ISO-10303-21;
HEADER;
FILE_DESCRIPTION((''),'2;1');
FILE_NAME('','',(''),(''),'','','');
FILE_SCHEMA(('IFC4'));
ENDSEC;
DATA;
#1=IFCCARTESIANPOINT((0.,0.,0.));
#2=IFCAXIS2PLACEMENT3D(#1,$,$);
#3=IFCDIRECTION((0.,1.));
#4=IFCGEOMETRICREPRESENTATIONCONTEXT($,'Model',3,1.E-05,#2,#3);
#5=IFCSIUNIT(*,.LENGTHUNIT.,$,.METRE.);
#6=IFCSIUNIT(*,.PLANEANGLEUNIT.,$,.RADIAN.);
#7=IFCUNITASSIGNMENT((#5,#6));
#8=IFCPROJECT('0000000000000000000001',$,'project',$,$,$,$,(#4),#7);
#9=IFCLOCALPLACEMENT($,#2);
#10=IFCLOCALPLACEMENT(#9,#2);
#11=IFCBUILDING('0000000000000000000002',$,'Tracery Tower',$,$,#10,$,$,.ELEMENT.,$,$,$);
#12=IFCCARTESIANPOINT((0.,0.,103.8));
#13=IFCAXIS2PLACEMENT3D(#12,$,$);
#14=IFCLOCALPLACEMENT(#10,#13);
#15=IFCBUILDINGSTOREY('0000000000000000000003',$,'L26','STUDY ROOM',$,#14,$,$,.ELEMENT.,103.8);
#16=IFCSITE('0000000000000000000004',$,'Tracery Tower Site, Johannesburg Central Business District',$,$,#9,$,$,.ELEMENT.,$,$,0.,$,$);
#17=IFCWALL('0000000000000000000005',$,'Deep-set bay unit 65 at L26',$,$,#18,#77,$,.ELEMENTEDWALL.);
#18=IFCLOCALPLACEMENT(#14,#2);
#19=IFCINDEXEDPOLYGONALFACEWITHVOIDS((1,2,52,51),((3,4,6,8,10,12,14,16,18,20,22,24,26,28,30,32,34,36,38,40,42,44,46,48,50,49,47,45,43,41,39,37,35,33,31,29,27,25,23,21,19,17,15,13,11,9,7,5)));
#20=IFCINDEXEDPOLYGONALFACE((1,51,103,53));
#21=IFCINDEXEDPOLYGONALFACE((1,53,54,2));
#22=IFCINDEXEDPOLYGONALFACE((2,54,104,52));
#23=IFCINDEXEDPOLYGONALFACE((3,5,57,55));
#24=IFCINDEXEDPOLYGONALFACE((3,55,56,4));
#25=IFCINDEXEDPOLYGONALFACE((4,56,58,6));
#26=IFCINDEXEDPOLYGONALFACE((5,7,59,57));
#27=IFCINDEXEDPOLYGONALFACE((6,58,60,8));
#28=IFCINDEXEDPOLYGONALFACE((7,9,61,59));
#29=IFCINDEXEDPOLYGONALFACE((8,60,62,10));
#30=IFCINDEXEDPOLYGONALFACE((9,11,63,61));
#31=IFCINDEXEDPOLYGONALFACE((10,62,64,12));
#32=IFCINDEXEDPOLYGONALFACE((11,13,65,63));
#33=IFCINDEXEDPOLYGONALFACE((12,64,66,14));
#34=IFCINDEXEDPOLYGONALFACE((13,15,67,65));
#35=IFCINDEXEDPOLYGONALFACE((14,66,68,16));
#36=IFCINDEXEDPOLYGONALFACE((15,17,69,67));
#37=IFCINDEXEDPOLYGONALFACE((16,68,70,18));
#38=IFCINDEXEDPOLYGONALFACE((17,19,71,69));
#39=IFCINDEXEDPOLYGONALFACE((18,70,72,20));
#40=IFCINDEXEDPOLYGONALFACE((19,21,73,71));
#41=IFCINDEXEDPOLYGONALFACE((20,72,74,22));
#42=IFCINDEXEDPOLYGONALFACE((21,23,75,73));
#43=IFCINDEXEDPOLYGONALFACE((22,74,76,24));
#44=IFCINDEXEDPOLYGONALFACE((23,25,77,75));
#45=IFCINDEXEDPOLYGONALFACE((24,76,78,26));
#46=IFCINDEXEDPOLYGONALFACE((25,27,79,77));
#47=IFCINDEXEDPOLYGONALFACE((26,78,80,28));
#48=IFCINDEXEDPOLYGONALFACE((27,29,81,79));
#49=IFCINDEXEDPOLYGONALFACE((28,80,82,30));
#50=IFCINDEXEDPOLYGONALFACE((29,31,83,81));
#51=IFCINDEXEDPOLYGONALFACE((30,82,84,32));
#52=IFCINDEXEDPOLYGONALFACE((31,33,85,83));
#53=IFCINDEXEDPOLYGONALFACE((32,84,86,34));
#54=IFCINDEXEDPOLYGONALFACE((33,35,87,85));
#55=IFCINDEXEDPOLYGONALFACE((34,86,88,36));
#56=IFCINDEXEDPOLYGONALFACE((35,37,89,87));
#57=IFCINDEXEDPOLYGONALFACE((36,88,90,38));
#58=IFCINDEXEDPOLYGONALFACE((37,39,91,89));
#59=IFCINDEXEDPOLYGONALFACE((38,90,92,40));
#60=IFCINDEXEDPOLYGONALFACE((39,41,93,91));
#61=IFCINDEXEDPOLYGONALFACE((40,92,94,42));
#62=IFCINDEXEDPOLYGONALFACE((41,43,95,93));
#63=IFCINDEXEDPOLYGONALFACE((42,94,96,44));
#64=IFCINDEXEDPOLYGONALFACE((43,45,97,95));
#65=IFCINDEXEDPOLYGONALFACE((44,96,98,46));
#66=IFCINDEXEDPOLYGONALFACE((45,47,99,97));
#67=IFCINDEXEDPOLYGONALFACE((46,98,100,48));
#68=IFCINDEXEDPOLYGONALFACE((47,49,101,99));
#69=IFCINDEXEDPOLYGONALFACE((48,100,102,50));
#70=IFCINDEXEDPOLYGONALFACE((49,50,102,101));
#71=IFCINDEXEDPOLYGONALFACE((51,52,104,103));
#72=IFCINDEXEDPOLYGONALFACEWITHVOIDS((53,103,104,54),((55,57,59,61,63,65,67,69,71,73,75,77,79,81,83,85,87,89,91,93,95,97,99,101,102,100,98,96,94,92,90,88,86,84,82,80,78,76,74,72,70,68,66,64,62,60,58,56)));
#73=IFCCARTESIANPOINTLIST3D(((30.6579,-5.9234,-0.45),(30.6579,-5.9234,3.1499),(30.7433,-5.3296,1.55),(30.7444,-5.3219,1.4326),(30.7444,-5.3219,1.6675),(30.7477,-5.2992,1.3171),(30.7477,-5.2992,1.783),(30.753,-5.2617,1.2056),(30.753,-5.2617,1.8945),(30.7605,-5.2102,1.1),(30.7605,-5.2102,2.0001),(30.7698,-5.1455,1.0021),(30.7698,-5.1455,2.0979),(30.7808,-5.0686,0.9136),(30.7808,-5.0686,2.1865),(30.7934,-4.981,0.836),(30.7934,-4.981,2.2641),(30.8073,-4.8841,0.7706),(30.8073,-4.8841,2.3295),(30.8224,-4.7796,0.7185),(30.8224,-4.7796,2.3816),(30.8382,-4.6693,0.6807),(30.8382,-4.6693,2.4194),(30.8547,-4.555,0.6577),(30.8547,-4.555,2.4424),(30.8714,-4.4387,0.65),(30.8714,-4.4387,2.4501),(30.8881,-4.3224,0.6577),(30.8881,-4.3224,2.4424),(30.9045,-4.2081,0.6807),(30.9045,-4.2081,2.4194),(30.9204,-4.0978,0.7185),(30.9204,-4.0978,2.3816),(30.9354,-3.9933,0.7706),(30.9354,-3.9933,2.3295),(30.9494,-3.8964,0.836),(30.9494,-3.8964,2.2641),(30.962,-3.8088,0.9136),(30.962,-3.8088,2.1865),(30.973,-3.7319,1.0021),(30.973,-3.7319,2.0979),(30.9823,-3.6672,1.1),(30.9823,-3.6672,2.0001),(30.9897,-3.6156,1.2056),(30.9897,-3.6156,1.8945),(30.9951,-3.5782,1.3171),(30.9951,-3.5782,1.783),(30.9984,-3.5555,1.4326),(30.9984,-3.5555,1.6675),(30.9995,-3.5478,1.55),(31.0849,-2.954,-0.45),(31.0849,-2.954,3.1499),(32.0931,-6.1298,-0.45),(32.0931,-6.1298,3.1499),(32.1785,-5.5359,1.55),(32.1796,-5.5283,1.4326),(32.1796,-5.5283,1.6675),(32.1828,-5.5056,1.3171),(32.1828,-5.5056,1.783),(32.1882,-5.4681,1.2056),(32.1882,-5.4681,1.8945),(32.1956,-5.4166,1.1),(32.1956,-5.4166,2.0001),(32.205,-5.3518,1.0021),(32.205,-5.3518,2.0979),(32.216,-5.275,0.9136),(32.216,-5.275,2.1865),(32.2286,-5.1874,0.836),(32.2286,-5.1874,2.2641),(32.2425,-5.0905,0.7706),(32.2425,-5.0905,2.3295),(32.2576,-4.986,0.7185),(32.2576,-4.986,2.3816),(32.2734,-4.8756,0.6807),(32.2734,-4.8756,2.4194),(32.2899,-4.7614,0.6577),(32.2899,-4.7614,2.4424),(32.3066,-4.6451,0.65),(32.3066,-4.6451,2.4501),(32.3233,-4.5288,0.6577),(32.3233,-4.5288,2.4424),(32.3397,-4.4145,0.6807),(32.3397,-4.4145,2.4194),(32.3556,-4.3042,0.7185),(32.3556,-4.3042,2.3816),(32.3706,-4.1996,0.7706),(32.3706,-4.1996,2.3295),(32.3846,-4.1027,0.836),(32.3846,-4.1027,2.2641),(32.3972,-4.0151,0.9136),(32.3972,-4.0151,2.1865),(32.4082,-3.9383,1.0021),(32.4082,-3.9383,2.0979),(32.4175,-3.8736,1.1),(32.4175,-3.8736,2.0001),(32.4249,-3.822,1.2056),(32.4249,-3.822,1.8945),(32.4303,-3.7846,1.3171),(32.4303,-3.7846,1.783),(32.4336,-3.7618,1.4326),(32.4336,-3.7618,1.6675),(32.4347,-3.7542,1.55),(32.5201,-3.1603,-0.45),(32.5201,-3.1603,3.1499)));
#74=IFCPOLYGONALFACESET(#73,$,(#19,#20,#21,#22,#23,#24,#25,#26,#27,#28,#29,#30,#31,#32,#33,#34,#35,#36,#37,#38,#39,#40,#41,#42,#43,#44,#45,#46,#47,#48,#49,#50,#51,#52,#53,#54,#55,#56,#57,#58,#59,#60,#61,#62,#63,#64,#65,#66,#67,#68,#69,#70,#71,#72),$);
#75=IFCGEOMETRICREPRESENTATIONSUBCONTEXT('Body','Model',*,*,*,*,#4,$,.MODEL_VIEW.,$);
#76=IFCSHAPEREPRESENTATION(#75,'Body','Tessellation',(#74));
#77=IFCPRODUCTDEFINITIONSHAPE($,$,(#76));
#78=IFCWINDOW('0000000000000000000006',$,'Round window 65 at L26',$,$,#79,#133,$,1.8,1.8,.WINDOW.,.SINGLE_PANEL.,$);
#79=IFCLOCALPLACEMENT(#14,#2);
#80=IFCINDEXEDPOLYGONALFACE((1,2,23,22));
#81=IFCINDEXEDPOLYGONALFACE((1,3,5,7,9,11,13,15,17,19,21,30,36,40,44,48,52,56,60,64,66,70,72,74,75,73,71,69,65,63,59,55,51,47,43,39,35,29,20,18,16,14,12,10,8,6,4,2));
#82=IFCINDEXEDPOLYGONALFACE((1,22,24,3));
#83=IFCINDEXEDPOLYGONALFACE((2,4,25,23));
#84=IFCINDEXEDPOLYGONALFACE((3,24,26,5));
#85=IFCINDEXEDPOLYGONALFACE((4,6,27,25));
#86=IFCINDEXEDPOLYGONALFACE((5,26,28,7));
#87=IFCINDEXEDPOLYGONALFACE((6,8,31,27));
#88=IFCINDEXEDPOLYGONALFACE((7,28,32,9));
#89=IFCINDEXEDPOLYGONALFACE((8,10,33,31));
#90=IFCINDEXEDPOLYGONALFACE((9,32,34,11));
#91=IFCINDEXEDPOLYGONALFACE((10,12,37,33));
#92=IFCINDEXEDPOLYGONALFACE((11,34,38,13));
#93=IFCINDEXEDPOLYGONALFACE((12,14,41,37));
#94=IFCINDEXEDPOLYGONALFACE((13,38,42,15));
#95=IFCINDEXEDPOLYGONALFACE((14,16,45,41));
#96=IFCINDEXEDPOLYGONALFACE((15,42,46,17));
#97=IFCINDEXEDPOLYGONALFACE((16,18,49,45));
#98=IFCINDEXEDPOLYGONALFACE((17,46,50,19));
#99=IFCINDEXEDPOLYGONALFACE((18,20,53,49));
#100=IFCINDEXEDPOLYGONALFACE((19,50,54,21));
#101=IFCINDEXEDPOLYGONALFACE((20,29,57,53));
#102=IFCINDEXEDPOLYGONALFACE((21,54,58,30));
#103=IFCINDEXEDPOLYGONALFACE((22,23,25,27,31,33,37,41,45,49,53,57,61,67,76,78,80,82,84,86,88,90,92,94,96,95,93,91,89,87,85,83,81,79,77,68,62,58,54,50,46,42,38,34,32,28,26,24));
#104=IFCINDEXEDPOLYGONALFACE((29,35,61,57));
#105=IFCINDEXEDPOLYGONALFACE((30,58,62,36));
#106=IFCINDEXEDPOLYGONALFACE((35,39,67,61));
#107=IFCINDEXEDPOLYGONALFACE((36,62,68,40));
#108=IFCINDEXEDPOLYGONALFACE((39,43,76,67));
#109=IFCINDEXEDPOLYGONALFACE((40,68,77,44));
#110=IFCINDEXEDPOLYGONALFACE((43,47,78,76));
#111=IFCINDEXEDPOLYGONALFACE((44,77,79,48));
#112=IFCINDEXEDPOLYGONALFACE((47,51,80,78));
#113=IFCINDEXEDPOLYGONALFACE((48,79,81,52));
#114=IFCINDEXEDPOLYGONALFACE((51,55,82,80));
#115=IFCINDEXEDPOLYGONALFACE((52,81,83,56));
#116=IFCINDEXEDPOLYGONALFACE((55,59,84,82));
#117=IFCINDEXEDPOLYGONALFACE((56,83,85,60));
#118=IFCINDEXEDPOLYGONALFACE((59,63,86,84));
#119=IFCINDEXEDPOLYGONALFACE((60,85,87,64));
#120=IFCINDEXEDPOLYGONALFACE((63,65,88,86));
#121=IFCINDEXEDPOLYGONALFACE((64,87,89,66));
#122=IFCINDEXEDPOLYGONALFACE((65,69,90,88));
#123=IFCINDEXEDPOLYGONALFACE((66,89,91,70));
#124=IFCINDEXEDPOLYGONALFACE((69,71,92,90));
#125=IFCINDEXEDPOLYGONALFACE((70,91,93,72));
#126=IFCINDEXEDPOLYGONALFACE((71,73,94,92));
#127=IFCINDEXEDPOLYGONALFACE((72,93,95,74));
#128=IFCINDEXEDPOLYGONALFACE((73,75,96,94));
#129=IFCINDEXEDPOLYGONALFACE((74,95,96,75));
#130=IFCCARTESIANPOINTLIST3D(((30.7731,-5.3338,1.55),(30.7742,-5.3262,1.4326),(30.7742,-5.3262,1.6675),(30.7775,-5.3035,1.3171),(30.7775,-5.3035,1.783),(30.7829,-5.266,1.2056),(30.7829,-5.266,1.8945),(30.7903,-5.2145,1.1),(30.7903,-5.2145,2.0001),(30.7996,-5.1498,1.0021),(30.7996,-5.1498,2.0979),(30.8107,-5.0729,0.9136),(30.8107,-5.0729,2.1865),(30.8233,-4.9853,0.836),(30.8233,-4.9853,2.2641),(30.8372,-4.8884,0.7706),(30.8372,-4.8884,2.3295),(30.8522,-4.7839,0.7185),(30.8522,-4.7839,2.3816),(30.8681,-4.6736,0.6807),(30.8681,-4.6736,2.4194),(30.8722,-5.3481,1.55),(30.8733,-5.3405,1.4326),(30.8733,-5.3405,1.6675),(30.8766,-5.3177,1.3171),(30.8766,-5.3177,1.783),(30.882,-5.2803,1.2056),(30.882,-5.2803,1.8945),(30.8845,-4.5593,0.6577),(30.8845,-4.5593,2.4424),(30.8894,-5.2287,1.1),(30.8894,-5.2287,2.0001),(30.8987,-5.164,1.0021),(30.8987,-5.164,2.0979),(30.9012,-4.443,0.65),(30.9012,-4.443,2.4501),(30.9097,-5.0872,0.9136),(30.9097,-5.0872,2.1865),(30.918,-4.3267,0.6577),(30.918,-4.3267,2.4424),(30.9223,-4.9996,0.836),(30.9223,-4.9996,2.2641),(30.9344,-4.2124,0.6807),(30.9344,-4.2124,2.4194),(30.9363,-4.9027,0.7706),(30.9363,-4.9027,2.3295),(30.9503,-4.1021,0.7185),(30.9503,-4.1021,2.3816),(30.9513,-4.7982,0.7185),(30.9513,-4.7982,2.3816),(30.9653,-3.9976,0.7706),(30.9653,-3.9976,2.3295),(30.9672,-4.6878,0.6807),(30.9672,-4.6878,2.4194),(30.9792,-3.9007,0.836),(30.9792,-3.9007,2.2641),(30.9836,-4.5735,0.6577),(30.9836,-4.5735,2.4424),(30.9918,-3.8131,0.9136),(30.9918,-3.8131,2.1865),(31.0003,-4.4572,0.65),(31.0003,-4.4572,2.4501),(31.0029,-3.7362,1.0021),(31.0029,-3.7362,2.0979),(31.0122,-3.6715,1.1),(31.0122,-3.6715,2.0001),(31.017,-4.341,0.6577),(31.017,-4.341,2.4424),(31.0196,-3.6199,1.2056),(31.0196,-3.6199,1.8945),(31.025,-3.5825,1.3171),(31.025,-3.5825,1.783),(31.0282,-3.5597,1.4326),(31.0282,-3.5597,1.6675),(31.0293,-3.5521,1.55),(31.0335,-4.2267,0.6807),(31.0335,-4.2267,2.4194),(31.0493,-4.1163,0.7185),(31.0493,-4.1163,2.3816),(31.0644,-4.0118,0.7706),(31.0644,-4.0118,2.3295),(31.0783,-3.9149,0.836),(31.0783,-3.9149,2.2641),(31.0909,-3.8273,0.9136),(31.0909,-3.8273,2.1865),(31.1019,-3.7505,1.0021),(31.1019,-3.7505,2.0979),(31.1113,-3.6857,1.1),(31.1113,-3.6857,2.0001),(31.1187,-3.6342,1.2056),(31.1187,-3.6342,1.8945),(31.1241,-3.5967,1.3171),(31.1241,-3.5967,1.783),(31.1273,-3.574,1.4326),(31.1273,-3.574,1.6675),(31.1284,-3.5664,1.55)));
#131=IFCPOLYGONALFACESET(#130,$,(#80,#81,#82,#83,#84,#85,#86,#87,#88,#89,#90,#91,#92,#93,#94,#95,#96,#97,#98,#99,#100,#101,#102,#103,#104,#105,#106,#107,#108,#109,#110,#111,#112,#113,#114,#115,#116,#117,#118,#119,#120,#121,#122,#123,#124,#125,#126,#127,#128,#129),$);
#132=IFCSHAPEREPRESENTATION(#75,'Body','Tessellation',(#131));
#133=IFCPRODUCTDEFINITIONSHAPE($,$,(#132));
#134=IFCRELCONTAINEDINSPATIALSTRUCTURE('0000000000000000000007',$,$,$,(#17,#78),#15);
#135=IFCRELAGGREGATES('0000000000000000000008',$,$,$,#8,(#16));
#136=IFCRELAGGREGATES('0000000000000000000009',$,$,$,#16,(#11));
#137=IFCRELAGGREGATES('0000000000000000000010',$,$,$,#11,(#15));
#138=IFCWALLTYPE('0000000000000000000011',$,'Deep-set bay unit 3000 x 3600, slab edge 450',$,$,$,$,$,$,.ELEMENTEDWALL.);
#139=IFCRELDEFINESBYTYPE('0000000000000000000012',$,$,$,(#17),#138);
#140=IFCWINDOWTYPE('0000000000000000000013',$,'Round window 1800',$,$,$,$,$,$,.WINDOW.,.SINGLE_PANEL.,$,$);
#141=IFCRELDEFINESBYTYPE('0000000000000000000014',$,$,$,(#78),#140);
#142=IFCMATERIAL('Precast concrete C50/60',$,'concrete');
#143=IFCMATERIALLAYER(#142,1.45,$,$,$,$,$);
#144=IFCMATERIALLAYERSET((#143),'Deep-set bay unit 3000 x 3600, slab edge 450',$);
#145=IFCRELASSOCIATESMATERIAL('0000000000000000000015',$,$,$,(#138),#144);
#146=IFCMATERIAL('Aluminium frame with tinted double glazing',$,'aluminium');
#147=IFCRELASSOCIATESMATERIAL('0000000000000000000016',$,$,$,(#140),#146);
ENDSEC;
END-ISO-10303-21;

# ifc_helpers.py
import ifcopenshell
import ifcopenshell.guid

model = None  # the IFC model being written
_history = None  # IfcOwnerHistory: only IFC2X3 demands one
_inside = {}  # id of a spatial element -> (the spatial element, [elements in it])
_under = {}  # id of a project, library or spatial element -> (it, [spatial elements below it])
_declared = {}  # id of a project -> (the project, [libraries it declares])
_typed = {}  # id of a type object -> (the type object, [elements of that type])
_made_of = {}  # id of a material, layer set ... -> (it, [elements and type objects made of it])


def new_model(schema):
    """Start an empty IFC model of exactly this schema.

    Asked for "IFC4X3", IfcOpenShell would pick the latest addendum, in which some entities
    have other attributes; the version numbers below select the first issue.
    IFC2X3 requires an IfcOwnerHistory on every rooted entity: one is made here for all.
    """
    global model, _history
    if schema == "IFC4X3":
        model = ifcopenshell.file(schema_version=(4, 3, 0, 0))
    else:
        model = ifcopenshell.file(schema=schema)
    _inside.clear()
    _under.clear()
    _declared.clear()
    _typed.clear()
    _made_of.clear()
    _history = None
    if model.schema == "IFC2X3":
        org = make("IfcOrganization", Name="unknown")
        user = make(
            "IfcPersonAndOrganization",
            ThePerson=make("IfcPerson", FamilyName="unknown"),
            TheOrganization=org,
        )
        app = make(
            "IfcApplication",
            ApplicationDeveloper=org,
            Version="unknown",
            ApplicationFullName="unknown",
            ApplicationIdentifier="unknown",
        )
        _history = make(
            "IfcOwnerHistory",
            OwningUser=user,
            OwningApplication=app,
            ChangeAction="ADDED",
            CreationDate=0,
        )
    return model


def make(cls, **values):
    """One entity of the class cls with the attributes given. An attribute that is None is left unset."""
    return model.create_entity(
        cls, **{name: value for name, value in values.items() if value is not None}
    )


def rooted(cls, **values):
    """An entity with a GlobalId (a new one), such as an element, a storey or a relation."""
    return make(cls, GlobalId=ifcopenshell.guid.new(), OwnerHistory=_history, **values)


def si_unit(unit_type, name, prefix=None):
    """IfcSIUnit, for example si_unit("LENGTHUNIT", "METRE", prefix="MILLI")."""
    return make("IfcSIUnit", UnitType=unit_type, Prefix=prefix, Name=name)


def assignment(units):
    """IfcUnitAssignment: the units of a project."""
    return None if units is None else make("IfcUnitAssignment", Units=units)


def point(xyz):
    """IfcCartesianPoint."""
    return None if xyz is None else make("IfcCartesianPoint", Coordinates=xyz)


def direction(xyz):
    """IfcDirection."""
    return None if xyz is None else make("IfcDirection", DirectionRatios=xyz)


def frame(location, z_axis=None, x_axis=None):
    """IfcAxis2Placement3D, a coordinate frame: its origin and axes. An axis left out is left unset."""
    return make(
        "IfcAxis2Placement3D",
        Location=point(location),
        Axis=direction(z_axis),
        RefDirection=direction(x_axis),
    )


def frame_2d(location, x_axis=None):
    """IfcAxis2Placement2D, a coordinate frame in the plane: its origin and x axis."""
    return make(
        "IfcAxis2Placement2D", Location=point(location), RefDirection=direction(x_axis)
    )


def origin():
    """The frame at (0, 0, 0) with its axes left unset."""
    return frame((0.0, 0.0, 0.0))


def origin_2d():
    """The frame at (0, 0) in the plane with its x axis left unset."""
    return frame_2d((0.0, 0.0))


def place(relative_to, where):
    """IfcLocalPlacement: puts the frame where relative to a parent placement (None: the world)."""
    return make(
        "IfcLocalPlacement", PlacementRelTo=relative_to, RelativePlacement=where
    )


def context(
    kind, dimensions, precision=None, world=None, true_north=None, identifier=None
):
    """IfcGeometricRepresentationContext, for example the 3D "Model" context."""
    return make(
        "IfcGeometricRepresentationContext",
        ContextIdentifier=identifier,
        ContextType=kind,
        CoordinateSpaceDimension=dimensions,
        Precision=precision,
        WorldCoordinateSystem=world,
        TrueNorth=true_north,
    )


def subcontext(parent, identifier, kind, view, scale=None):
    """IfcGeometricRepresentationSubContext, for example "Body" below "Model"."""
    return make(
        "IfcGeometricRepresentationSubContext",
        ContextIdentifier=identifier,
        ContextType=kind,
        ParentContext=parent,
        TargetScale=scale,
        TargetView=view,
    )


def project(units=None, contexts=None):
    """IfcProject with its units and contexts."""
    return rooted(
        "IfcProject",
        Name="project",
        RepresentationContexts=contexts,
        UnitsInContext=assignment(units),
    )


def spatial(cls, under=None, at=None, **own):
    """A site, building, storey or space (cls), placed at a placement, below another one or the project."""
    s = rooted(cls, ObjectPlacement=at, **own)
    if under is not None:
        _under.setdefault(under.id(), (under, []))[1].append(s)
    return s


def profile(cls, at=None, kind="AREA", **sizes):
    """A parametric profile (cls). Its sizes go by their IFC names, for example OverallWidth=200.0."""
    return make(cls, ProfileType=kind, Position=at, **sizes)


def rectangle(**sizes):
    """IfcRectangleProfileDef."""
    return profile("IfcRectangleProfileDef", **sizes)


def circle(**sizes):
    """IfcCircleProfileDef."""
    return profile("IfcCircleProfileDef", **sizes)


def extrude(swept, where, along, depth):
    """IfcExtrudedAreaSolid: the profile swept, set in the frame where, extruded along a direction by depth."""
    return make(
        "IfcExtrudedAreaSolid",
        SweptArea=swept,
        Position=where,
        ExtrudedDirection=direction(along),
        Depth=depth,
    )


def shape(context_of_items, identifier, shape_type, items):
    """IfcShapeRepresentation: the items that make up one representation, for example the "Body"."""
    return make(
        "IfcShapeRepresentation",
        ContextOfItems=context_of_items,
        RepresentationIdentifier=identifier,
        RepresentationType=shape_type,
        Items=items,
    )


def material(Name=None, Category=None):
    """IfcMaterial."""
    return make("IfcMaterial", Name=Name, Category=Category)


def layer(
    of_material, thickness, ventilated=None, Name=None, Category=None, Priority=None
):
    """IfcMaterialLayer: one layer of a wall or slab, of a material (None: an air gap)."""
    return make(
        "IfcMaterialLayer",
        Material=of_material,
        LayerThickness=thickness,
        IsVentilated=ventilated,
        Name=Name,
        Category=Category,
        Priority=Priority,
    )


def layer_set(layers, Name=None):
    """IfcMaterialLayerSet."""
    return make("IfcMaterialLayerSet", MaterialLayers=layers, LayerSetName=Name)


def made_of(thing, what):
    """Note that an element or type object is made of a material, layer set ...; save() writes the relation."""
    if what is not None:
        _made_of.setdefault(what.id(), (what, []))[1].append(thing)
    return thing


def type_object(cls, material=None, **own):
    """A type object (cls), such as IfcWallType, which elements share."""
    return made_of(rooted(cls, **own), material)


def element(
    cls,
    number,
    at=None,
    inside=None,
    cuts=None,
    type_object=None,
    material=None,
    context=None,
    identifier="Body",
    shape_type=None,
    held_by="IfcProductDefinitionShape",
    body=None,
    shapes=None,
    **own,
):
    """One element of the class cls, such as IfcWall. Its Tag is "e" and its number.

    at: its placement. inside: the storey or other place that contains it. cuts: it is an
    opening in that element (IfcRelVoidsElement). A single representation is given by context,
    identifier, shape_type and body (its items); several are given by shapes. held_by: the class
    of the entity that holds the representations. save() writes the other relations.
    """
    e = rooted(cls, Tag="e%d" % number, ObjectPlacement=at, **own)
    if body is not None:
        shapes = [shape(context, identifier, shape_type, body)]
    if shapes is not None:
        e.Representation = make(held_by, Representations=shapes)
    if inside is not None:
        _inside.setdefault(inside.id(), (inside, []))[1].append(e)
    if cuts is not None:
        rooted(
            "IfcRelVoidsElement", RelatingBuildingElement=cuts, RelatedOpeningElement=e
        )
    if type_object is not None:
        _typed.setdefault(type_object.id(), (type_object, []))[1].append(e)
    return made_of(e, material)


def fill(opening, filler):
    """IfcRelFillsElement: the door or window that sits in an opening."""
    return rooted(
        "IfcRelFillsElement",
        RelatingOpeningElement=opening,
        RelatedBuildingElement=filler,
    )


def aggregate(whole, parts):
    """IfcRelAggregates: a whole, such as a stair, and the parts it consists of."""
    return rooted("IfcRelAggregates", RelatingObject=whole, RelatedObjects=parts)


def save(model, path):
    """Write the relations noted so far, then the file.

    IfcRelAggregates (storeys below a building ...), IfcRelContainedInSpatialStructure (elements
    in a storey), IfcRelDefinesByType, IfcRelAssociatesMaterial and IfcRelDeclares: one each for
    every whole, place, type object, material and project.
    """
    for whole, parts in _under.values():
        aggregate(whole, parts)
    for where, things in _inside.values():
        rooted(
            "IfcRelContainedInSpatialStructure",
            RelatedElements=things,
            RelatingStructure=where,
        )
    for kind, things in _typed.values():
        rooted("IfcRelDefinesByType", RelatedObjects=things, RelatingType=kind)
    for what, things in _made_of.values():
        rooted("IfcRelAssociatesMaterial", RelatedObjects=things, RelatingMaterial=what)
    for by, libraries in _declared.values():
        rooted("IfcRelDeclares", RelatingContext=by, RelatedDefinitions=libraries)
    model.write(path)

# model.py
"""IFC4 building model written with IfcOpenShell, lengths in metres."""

from ifc_helpers import new_model, si_unit, direction, frame, frame_2d, origin, origin_2d, place, context, subcontext, project, spatial, rectangle, circle, extrude, material, layer, layer_set, type_object, element, fill, save


model = new_model("IFC4")

# Units and contexts
model_context = context("Model", 3, precision=1e-05, world=origin(), true_north=direction((0.0, 1.0)))
body_context = subcontext(model_context, "Body", "Model", "MODEL_VIEW")
ifc_project = project(units=[si_unit("LENGTHUNIT", "METRE"), si_unit("PLANEANGLEUNIT", "RADIAN")], contexts=[model_context])

# Site, building, storey
site_placement = place(None, origin())
site = spatial("IfcSite", under=ifc_project, at=site_placement, Name="Tracery Tower Site, Johannesburg Central Business District", CompositionType="ELEMENT", RefElevation=0.0)
building_placement = place(site_placement, origin())
building = spatial("IfcBuilding", under=site, at=building_placement, Name="Tracery Tower", CompositionType="ELEMENT")
storey_placement = place(building_placement, frame((0.0, 0.0, 103.8)))
storey = spatial("IfcBuildingStorey", under=building, at=storey_placement, Name="L26", Description="STUDY ROOM", CompositionType="ELEMENT", Elevation=103.8)

# Wall, opening, window
ifc_material_1 = material(Name="Precast concrete C50/60", Category="concrete")
ifc_layer_1 = layer(ifc_material_1, 1.45)
ifc_layer_set_1 = layer_set([ifc_layer_1], Name="Deep-set bay unit 3000 x 3600, slab edge 450")
wall_type_1 = type_object("IfcWallType", Name="Deep-set bay unit 3000 x 3600, slab edge 450", PredefinedType="ELEMENTEDWALL", material=ifc_layer_set_1)
wall_1_placement = place(storey_placement, frame((31.3755, -6.0266, -0.45), z_axis=(0.0, 0.0, 1.0), x_axis=(0.142333, 0.989819, 0.0)))
wall_1 = element("IfcWall", 1, at=wall_1_placement, inside=storey, type_object=wall_type_1, Name="Deep-set bay unit 65 at L26", PredefinedType="ELEMENTEDWALL", context=body_context, shape_type="SweptSolid", body=[
    extrude(rectangle(XDim=3.0, YDim=1.45, at=frame_2d((1.5, 0.0))), origin(), (0.0, 0.0, 1.0), 3.5999),
])
opening_1_placement = place(wall_1_placement, frame((1.5, 0.0, 2.0)))
opening_1 = element("IfcOpeningElement", 2, at=opening_1_placement, cuts=wall_1, PredefinedType="OPENING", context=body_context, shape_type="SweptSolid", body=[
    extrude(circle(Radius=0.9, at=origin_2d()), frame((0.0, 0.7349, 0.0), z_axis=(0.0, -1.0, 0.0), x_axis=(1.0, 0.0, 0.0)), (0.0, 0.0, 1.0), 1.47),
])
ifc_material_2 = material(Name="Aluminium frame with tinted double glazing", Category="aluminium")
window_type = type_object("IfcWindowType", Name="Round window 1800", PartitioningType="SINGLE_PANEL", PredefinedType="WINDOW", material=ifc_material_2)
window_1_placement = place(opening_1_placement, origin())
window_1 = element("IfcWindow", 3, at=window_1_placement, inside=storey, type_object=window_type, Name="Round window 65 at L26", OverallHeight=1.8, OverallWidth=1.8, PartitioningType="SINGLE_PANEL", PredefinedType="WINDOW", context=body_context, shape_type="SweptSolid", body=[
    extrude(circle(Radius=0.9, at=origin_2d()), frame((0.0, 0.6948, 0.0), z_axis=(0.0, -1.0, 0.0), x_axis=(1.0, 0.0, 0.0)), (0.0, 0.0, 1.0), 0.1001),
])
fill(opening_1, window_1)

save(model, "model.ifc")
